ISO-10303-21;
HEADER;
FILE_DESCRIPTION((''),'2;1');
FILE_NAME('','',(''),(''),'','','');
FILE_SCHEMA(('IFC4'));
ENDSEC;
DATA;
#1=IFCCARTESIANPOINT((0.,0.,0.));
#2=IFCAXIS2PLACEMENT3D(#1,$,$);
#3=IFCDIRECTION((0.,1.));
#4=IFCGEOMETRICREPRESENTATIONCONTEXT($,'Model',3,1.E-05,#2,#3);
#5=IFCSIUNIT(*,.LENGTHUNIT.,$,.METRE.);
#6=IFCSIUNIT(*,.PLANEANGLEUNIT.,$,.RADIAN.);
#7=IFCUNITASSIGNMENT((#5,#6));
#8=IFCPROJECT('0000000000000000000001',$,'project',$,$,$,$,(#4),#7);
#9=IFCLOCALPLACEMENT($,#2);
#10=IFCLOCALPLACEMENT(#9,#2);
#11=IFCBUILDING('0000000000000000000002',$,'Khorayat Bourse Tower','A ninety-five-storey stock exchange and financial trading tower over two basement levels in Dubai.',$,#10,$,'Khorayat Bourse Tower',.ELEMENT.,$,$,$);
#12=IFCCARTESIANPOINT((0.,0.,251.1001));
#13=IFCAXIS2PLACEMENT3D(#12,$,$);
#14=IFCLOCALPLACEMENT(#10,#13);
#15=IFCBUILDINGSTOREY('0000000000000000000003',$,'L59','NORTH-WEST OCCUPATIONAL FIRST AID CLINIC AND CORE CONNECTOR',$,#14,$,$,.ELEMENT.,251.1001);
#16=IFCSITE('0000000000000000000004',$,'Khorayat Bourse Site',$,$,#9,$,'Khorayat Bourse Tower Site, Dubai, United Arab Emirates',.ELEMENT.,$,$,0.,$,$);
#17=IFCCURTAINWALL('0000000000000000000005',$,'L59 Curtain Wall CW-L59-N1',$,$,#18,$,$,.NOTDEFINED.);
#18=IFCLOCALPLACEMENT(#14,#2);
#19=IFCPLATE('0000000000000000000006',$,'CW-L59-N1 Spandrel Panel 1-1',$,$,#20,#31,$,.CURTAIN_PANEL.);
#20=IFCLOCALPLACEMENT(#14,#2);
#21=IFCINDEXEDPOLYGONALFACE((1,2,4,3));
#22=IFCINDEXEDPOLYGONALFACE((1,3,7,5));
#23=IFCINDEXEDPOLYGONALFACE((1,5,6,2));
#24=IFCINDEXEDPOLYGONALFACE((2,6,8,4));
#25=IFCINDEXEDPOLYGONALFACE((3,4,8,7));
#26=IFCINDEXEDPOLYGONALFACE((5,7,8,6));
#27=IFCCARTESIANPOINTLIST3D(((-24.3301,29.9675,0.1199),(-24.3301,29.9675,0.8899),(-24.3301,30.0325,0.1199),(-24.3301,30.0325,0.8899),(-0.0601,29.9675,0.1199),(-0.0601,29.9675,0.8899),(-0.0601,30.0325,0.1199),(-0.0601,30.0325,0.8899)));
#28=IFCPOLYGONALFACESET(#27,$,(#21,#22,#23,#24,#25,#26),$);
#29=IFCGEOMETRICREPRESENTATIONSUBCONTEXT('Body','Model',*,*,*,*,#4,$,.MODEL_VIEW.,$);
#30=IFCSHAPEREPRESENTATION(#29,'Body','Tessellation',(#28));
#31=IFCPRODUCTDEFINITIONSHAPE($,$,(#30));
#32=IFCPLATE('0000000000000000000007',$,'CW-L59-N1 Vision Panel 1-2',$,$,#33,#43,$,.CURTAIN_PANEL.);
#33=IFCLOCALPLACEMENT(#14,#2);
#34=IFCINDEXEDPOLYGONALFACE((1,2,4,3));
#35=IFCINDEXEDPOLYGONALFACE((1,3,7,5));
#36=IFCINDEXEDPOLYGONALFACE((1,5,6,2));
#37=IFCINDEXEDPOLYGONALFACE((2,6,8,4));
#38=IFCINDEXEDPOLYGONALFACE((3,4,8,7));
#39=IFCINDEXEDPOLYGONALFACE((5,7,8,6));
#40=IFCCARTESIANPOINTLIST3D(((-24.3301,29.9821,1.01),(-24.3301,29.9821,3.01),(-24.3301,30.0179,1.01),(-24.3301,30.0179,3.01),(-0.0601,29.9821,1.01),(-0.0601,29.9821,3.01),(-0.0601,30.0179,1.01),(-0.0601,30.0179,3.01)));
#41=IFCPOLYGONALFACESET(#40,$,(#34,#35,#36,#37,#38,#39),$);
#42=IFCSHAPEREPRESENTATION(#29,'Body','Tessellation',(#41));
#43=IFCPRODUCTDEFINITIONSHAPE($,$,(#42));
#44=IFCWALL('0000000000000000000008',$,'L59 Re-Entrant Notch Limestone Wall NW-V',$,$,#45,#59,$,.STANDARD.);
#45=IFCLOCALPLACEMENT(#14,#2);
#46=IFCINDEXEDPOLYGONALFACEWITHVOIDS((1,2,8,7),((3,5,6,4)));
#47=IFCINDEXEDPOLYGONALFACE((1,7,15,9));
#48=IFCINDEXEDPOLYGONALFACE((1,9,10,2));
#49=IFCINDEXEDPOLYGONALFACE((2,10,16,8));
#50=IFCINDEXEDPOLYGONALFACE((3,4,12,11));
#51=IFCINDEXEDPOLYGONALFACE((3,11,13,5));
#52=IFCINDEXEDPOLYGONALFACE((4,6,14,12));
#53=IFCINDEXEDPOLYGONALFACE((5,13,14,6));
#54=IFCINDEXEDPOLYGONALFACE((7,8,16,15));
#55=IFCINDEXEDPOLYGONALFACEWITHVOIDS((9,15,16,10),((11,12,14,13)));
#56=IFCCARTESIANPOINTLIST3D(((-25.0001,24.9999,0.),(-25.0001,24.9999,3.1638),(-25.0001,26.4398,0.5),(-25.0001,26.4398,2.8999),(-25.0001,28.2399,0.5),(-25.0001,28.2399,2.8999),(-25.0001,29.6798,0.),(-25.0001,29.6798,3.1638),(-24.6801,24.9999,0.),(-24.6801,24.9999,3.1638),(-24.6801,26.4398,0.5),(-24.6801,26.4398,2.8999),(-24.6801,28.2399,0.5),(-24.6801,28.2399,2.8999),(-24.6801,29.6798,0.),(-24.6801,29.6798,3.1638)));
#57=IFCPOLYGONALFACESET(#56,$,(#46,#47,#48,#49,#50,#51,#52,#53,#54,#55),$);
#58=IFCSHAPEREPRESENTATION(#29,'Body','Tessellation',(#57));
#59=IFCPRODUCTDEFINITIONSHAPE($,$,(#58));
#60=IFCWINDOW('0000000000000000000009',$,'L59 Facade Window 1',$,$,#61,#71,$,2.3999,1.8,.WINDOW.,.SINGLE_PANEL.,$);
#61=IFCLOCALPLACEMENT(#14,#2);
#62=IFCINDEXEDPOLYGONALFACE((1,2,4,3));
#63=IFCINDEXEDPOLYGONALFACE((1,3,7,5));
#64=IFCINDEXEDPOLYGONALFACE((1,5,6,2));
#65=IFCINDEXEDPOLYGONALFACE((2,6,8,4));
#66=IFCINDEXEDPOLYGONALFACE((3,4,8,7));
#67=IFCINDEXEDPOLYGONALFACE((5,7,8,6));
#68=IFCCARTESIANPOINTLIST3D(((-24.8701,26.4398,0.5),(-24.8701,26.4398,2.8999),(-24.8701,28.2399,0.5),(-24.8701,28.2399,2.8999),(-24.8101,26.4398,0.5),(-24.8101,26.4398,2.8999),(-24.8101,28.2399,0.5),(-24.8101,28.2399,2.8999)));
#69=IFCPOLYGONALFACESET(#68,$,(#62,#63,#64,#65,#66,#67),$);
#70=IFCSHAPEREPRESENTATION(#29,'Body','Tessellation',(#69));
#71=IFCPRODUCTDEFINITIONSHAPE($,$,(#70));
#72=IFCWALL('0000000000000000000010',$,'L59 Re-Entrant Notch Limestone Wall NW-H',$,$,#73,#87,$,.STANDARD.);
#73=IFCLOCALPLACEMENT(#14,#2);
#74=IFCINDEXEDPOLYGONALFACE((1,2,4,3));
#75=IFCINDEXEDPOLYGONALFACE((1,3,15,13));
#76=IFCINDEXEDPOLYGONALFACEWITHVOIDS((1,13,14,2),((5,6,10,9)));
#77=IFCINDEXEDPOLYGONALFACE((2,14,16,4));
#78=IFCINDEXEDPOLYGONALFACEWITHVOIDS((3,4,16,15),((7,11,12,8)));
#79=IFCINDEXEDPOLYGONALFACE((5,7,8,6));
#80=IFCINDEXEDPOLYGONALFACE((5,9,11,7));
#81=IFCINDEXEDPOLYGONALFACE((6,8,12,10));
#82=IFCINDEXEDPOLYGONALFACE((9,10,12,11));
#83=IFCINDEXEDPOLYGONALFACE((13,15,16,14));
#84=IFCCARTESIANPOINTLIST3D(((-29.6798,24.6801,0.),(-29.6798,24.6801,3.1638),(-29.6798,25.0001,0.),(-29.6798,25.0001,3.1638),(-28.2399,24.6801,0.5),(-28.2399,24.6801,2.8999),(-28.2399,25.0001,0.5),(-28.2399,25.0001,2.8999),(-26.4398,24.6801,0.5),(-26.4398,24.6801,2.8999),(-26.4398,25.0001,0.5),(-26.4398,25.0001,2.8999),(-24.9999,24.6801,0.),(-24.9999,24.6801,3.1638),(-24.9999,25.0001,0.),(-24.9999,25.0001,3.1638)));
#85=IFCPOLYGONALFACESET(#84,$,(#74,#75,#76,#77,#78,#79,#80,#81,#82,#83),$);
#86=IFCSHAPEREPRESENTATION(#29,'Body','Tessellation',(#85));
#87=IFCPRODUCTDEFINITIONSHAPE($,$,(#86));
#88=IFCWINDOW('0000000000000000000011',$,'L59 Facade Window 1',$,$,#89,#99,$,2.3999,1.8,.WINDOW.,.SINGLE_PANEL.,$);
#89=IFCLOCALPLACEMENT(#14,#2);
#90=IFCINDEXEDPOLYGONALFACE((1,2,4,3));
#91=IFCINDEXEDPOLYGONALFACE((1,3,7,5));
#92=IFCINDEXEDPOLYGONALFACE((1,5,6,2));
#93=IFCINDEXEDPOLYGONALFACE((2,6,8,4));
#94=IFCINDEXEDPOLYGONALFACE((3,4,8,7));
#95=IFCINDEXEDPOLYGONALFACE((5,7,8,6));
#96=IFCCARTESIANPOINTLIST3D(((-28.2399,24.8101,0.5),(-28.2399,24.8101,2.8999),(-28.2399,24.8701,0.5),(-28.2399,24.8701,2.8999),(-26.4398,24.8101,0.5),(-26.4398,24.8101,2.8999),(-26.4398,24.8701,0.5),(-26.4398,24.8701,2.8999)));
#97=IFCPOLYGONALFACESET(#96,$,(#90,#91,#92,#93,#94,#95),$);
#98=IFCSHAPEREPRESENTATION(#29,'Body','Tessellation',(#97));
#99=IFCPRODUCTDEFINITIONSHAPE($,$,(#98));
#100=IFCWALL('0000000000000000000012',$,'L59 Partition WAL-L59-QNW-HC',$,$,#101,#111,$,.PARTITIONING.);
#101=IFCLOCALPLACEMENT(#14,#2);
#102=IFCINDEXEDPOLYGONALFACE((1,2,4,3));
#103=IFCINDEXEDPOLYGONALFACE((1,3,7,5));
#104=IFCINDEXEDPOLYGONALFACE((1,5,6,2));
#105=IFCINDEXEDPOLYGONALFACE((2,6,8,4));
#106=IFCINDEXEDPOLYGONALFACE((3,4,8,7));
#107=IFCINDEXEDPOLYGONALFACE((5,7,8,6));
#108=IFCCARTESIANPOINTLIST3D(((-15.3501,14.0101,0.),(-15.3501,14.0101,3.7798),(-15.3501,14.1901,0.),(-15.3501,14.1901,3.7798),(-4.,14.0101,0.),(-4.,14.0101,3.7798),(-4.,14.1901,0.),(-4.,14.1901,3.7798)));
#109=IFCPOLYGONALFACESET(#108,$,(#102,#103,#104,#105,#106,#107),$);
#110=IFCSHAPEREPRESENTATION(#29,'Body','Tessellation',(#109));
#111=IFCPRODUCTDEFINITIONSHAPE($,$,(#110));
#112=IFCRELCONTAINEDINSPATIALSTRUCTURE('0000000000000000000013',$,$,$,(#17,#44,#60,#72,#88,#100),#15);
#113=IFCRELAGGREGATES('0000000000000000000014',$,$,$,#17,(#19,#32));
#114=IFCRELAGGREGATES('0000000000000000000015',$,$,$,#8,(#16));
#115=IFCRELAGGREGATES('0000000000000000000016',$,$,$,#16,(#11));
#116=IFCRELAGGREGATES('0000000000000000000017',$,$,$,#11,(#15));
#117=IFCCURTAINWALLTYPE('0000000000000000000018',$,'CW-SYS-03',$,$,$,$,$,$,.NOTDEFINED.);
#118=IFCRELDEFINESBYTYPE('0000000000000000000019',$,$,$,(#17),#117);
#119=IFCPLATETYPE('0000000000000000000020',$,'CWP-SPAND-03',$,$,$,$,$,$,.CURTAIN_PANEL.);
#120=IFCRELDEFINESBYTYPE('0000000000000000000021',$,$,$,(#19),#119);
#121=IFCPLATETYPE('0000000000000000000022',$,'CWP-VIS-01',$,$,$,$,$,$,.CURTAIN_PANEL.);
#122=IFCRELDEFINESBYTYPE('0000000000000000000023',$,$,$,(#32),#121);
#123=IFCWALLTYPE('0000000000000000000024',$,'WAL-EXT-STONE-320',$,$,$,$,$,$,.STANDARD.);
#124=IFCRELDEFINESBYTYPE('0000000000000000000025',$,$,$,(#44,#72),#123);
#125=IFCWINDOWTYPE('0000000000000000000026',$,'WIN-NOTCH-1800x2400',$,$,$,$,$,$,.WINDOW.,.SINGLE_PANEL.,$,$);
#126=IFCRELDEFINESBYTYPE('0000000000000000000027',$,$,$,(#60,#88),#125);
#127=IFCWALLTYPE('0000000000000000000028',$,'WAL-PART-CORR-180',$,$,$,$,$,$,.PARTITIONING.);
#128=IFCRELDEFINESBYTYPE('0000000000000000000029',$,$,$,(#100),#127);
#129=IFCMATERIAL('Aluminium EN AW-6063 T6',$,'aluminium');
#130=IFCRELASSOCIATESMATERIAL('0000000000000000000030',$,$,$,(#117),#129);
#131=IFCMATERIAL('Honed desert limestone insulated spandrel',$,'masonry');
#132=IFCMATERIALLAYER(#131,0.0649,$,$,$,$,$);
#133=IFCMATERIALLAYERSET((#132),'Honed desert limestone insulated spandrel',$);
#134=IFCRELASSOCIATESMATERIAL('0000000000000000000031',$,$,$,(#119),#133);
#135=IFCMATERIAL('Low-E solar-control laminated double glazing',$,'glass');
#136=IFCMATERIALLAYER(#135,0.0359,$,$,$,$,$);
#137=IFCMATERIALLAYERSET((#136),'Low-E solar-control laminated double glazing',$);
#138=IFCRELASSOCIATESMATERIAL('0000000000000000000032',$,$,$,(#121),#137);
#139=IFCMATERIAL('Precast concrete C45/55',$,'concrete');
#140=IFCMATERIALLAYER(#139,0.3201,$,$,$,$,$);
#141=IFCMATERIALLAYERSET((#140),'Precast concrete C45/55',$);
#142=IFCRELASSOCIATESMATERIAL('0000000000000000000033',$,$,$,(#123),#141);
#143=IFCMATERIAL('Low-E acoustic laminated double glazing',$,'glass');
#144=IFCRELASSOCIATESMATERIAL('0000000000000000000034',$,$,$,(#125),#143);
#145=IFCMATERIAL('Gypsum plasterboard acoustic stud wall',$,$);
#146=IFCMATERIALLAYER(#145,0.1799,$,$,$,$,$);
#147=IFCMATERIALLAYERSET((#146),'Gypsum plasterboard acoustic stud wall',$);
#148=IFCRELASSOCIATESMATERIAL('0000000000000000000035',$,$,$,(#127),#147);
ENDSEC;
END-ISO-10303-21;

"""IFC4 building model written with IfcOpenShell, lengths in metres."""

from ifc_helpers import new_model, si_unit, direction, frame, frame_2d, origin, origin_2d, place, context, subcontext, project, spatial, rectangle, extrude, source, transform, mapped, material, layer, layer_set, type_object, element, fill, aggregate, save


model = new_model("IFC4")

# Units and contexts
model_context = context("Model", 3, precision=1e-05, world=origin(), true_north=direction((0.0, 1.0)))
body_context = subcontext(model_context, "Body", "Model", "MODEL_VIEW")
ifc_project = project(units=[si_unit("LENGTHUNIT", "METRE"), si_unit("PLANEANGLEUNIT", "RADIAN")], contexts=[model_context])

# Site, building, storey
site_placement = place(None, origin())
site = spatial("IfcSite", under=ifc_project, at=site_placement, Name="Khorayat Bourse Site", LongName="Khorayat Bourse Tower Site, Dubai, United Arab Emirates", CompositionType="ELEMENT", RefElevation=0.0)
building_placement = place(site_placement, origin())
building = spatial("IfcBuilding", under=site, at=building_placement, Name="Khorayat Bourse Tower", Description="A ninety-five-storey stock exchange and financial trading tower over two basement levels in Dubai.", LongName="Khorayat Bourse Tower", CompositionType="ELEMENT")
storey_placement = place(building_placement, frame((0.0, 0.0, 251.1001)))
storey = spatial("IfcBuildingStorey", under=building, at=storey_placement, Name="L59", Description="NORTH-WEST OCCUPATIONAL FIRST AID CLINIC AND CORE CONNECTOR", CompositionType="ELEMENT", Elevation=251.1001)

# Curtain wall
ifc_material_1 = material(Name="Aluminium EN AW-6063 T6", Category="aluminium")
curtain_wall_type = type_object("IfcCurtainWallType", Name="CW-SYS-03", PredefinedType="NOTDEFINED", material=ifc_material_1)
curtain_wall_1_placement = place(storey_placement, origin())
curtain_wall_1 = element("IfcCurtainWall", 1, at=curtain_wall_1_placement, inside=storey, type_object=curtain_wall_type, Name="L59 Curtain Wall CW-L59-N1", PredefinedType="NOTDEFINED")

# Plates
ifc_material_2 = material(Name="Honed desert limestone insulated spandrel", Category="masonry")
ifc_layer_1 = layer(ifc_material_2, 0.0649)
ifc_layer_set_1 = layer_set([ifc_layer_1], Name="Honed desert limestone insulated spandrel")
plate_type_1 = type_object("IfcPlateType", Name="CWP-SPAND-03", PredefinedType="CURTAIN_PANEL", material=ifc_layer_set_1)
shared_shape_1 = source(origin(), body_context, "Body", "SweptSolid", [
    extrude(rectangle(XDim=24.27, YDim=0.0649, at=origin_2d()), origin(), (0.0, 0.0, 1.0), 0.77),
])
plate_1_placement = place(storey_placement, frame((-12.1951, 30.0, 0.1199), z_axis=(0.0, 0.0, 1.0), x_axis=(1.0, 0.0, 0.0)))
plate_1 = element("IfcPlate", 2, at=plate_1_placement, type_object=plate_type_1, Name="CW-L59-N1 Spandrel Panel 1-1", PredefinedType="CURTAIN_PANEL", context=body_context, shape_type="MappedRepresentation", body=[
    mapped(shared_shape_1, transform((0.0, 0.0, 0.0), scale=1.0)),
])
ifc_material_3 = material(Name="Low-E solar-control laminated double glazing", Category="glass")
ifc_layer_2 = layer(ifc_material_3, 0.0359)
ifc_layer_set_2 = layer_set([ifc_layer_2], Name="Low-E solar-control laminated double glazing")
plate_type_2 = type_object("IfcPlateType", Name="CWP-VIS-01", PredefinedType="CURTAIN_PANEL", material=ifc_layer_set_2)
shared_shape_2 = source(origin(), body_context, "Body", "SweptSolid", [
    extrude(rectangle(XDim=24.27, YDim=0.0359, at=origin_2d()), origin(), (0.0, 0.0, 1.0), 2.0),
])
plate_2_placement = place(storey_placement, frame((-12.1951, 30.0, 1.01), z_axis=(0.0, 0.0, 1.0), x_axis=(1.0, 0.0, 0.0)))
plate_2 = element("IfcPlate", 3, at=plate_2_placement, type_object=plate_type_2, Name="CW-L59-N1 Vision Panel 1-2", PredefinedType="CURTAIN_PANEL", context=body_context, shape_type="MappedRepresentation", body=[
    mapped(shared_shape_2, transform((0.0, 0.0, 0.0), scale=1.0)),
])
aggregate(curtain_wall_1, [plate_1, plate_2])

# Walls, openings, windows
ifc_material_4 = material(Name="Precast concrete C45/55", Category="concrete")
ifc_layer_3 = layer(ifc_material_4, 0.3201)
ifc_layer_set_3 = layer_set([ifc_layer_3], Name="Precast concrete C45/55")
wall_type_1 = type_object("IfcWallType", Name="WAL-EXT-STONE-320", PredefinedType="STANDARD", material=ifc_layer_set_3)
shared_shape_3 = source(origin(), body_context, "Body", "SweptSolid", [
    extrude(rectangle(XDim=4.6799, YDim=0.3201, at=frame_2d((2.3398, 0.0))), origin(), (0.0, 0.0, 1.0), 3.1638),
])
wall_1_placement = place(storey_placement, frame((-24.8401, 25.0, 0.0), z_axis=(0.0, 0.0, 1.0), x_axis=(0.0, 1.0, 0.0)))
wall_1 = element("IfcWall", 4, at=wall_1_placement, inside=storey, type_object=wall_type_1, Name="L59 Re-Entrant Notch Limestone Wall NW-V", PredefinedType="STANDARD", context=body_context, shape_type="MappedRepresentation", body=[
    mapped(shared_shape_3, transform((0.0, 0.0, 0.0), scale=1.0)),
])
shared_shape_4 = source(origin(), body_context, "Body", "SweptSolid", [
    extrude(rectangle(XDim=1.8, YDim=2.3999, at=frame_2d((0.8999, 1.2))), frame((0.0, 0.1699, 0.0), z_axis=(0.0, -1.0, 0.0), x_axis=(1.0, 0.0, 0.0)), (0.0, 0.0, 1.0), 0.3401),
])
opening_1_placement = place(wall_1_placement, frame((1.4399, 0.0, 0.5)))
opening_1 = element("IfcOpeningElement", 5, at=opening_1_placement, cuts=wall_1, PredefinedType="OPENING", context=body_context, shape_type="MappedRepresentation", body=[
    mapped(shared_shape_4, transform((0.0, 0.0, 0.0), scale=1.0)),
])
ifc_material_5 = material(Name="Low-E acoustic laminated double glazing", Category="glass")
window_type = type_object("IfcWindowType", Name="WIN-NOTCH-1800x2400", PartitioningType="SINGLE_PANEL", PredefinedType="WINDOW", material=ifc_material_5)
shared_shape_5 = source(origin(), body_context, "Body", "SweptSolid", [
    extrude(rectangle(XDim=1.8, YDim=2.3999, at=frame_2d((0.8999, 1.2))), frame((0.0, 0.03, 0.0), z_axis=(0.0, -1.0, 0.0), x_axis=(1.0, 0.0, 0.0)), (0.0, 0.0, 1.0), 0.0601),
])
window_1_placement = place(opening_1_placement, origin())
window_1 = element("IfcWindow", 6, at=window_1_placement, inside=storey, type_object=window_type, Name="L59 Facade Window 1", OverallHeight=2.3999, OverallWidth=1.8, PartitioningType="SINGLE_PANEL", PredefinedType="WINDOW", context=body_context, shape_type="MappedRepresentation", body=[
    mapped(shared_shape_5, transform((0.0, 0.0, 0.0), scale=1.0)),
])
fill(opening_1, window_1)
wall_2_placement = place(storey_placement, frame((-25.0, 24.8401, 0.0), z_axis=(0.0, 0.0, 1.0), x_axis=(-1.0, 0.0, 0.0)))
wall_2 = element("IfcWall", 7, at=wall_2_placement, inside=storey, type_object=wall_type_1, Name="L59 Re-Entrant Notch Limestone Wall NW-H", PredefinedType="STANDARD", context=body_context, shape_type="MappedRepresentation", body=[
    mapped(shared_shape_3, transform((0.0, 0.0, 0.0), scale=1.0)),
])
opening_2_placement = place(wall_2_placement, frame((1.4399, 0.0, 0.5)))
opening_2 = element("IfcOpeningElement", 8, at=opening_2_placement, cuts=wall_2, PredefinedType="OPENING", context=body_context, shape_type="MappedRepresentation", body=[
    mapped(shared_shape_4, transform((0.0, 0.0, 0.0), scale=1.0)),
])
window_2_placement = place(opening_2_placement, origin())
window_2 = element("IfcWindow", 9, at=window_2_placement, inside=storey, type_object=window_type, Name="L59 Facade Window 1", OverallHeight=2.3999, OverallWidth=1.8, PartitioningType="SINGLE_PANEL", PredefinedType="WINDOW", context=body_context, shape_type="MappedRepresentation", body=[
    mapped(shared_shape_5, transform((0.0, 0.0, 0.0), scale=1.0)),
])
fill(opening_2, window_2)

# Wall
ifc_material_6 = material(Name="Gypsum plasterboard acoustic stud wall")
ifc_layer_4 = layer(ifc_material_6, 0.1799)
ifc_layer_set_4 = layer_set([ifc_layer_4], Name="Gypsum plasterboard acoustic stud wall")
wall_type_2 = type_object("IfcWallType", Name="WAL-PART-CORR-180", PredefinedType="PARTITIONING", material=ifc_layer_set_4)
shared_shape_6 = source(origin(), body_context, "Body", "SweptSolid", [
    extrude(rectangle(XDim=11.3501, YDim=0.1799, at=frame_2d((5.675, 0.0))), origin(), (0.0, 0.0, 1.0), 3.7798),
])
wall_3_placement = place(storey_placement, frame((-15.3501, 14.1001, 0.0), z_axis=(0.0, 0.0, 1.0), x_axis=(1.0, 0.0, 0.0)))
element("IfcWall", 10, at=wall_3_placement, inside=storey, type_object=wall_type_2, Name="L59 Partition WAL-L59-QNW-HC", PredefinedType="PARTITIONING", context=body_context, shape_type="MappedRepresentation", body=[
    mapped(shared_shape_6, transform((0.0, 0.0, 0.0), scale=1.0)),
])

save(model, "model.ifc")
